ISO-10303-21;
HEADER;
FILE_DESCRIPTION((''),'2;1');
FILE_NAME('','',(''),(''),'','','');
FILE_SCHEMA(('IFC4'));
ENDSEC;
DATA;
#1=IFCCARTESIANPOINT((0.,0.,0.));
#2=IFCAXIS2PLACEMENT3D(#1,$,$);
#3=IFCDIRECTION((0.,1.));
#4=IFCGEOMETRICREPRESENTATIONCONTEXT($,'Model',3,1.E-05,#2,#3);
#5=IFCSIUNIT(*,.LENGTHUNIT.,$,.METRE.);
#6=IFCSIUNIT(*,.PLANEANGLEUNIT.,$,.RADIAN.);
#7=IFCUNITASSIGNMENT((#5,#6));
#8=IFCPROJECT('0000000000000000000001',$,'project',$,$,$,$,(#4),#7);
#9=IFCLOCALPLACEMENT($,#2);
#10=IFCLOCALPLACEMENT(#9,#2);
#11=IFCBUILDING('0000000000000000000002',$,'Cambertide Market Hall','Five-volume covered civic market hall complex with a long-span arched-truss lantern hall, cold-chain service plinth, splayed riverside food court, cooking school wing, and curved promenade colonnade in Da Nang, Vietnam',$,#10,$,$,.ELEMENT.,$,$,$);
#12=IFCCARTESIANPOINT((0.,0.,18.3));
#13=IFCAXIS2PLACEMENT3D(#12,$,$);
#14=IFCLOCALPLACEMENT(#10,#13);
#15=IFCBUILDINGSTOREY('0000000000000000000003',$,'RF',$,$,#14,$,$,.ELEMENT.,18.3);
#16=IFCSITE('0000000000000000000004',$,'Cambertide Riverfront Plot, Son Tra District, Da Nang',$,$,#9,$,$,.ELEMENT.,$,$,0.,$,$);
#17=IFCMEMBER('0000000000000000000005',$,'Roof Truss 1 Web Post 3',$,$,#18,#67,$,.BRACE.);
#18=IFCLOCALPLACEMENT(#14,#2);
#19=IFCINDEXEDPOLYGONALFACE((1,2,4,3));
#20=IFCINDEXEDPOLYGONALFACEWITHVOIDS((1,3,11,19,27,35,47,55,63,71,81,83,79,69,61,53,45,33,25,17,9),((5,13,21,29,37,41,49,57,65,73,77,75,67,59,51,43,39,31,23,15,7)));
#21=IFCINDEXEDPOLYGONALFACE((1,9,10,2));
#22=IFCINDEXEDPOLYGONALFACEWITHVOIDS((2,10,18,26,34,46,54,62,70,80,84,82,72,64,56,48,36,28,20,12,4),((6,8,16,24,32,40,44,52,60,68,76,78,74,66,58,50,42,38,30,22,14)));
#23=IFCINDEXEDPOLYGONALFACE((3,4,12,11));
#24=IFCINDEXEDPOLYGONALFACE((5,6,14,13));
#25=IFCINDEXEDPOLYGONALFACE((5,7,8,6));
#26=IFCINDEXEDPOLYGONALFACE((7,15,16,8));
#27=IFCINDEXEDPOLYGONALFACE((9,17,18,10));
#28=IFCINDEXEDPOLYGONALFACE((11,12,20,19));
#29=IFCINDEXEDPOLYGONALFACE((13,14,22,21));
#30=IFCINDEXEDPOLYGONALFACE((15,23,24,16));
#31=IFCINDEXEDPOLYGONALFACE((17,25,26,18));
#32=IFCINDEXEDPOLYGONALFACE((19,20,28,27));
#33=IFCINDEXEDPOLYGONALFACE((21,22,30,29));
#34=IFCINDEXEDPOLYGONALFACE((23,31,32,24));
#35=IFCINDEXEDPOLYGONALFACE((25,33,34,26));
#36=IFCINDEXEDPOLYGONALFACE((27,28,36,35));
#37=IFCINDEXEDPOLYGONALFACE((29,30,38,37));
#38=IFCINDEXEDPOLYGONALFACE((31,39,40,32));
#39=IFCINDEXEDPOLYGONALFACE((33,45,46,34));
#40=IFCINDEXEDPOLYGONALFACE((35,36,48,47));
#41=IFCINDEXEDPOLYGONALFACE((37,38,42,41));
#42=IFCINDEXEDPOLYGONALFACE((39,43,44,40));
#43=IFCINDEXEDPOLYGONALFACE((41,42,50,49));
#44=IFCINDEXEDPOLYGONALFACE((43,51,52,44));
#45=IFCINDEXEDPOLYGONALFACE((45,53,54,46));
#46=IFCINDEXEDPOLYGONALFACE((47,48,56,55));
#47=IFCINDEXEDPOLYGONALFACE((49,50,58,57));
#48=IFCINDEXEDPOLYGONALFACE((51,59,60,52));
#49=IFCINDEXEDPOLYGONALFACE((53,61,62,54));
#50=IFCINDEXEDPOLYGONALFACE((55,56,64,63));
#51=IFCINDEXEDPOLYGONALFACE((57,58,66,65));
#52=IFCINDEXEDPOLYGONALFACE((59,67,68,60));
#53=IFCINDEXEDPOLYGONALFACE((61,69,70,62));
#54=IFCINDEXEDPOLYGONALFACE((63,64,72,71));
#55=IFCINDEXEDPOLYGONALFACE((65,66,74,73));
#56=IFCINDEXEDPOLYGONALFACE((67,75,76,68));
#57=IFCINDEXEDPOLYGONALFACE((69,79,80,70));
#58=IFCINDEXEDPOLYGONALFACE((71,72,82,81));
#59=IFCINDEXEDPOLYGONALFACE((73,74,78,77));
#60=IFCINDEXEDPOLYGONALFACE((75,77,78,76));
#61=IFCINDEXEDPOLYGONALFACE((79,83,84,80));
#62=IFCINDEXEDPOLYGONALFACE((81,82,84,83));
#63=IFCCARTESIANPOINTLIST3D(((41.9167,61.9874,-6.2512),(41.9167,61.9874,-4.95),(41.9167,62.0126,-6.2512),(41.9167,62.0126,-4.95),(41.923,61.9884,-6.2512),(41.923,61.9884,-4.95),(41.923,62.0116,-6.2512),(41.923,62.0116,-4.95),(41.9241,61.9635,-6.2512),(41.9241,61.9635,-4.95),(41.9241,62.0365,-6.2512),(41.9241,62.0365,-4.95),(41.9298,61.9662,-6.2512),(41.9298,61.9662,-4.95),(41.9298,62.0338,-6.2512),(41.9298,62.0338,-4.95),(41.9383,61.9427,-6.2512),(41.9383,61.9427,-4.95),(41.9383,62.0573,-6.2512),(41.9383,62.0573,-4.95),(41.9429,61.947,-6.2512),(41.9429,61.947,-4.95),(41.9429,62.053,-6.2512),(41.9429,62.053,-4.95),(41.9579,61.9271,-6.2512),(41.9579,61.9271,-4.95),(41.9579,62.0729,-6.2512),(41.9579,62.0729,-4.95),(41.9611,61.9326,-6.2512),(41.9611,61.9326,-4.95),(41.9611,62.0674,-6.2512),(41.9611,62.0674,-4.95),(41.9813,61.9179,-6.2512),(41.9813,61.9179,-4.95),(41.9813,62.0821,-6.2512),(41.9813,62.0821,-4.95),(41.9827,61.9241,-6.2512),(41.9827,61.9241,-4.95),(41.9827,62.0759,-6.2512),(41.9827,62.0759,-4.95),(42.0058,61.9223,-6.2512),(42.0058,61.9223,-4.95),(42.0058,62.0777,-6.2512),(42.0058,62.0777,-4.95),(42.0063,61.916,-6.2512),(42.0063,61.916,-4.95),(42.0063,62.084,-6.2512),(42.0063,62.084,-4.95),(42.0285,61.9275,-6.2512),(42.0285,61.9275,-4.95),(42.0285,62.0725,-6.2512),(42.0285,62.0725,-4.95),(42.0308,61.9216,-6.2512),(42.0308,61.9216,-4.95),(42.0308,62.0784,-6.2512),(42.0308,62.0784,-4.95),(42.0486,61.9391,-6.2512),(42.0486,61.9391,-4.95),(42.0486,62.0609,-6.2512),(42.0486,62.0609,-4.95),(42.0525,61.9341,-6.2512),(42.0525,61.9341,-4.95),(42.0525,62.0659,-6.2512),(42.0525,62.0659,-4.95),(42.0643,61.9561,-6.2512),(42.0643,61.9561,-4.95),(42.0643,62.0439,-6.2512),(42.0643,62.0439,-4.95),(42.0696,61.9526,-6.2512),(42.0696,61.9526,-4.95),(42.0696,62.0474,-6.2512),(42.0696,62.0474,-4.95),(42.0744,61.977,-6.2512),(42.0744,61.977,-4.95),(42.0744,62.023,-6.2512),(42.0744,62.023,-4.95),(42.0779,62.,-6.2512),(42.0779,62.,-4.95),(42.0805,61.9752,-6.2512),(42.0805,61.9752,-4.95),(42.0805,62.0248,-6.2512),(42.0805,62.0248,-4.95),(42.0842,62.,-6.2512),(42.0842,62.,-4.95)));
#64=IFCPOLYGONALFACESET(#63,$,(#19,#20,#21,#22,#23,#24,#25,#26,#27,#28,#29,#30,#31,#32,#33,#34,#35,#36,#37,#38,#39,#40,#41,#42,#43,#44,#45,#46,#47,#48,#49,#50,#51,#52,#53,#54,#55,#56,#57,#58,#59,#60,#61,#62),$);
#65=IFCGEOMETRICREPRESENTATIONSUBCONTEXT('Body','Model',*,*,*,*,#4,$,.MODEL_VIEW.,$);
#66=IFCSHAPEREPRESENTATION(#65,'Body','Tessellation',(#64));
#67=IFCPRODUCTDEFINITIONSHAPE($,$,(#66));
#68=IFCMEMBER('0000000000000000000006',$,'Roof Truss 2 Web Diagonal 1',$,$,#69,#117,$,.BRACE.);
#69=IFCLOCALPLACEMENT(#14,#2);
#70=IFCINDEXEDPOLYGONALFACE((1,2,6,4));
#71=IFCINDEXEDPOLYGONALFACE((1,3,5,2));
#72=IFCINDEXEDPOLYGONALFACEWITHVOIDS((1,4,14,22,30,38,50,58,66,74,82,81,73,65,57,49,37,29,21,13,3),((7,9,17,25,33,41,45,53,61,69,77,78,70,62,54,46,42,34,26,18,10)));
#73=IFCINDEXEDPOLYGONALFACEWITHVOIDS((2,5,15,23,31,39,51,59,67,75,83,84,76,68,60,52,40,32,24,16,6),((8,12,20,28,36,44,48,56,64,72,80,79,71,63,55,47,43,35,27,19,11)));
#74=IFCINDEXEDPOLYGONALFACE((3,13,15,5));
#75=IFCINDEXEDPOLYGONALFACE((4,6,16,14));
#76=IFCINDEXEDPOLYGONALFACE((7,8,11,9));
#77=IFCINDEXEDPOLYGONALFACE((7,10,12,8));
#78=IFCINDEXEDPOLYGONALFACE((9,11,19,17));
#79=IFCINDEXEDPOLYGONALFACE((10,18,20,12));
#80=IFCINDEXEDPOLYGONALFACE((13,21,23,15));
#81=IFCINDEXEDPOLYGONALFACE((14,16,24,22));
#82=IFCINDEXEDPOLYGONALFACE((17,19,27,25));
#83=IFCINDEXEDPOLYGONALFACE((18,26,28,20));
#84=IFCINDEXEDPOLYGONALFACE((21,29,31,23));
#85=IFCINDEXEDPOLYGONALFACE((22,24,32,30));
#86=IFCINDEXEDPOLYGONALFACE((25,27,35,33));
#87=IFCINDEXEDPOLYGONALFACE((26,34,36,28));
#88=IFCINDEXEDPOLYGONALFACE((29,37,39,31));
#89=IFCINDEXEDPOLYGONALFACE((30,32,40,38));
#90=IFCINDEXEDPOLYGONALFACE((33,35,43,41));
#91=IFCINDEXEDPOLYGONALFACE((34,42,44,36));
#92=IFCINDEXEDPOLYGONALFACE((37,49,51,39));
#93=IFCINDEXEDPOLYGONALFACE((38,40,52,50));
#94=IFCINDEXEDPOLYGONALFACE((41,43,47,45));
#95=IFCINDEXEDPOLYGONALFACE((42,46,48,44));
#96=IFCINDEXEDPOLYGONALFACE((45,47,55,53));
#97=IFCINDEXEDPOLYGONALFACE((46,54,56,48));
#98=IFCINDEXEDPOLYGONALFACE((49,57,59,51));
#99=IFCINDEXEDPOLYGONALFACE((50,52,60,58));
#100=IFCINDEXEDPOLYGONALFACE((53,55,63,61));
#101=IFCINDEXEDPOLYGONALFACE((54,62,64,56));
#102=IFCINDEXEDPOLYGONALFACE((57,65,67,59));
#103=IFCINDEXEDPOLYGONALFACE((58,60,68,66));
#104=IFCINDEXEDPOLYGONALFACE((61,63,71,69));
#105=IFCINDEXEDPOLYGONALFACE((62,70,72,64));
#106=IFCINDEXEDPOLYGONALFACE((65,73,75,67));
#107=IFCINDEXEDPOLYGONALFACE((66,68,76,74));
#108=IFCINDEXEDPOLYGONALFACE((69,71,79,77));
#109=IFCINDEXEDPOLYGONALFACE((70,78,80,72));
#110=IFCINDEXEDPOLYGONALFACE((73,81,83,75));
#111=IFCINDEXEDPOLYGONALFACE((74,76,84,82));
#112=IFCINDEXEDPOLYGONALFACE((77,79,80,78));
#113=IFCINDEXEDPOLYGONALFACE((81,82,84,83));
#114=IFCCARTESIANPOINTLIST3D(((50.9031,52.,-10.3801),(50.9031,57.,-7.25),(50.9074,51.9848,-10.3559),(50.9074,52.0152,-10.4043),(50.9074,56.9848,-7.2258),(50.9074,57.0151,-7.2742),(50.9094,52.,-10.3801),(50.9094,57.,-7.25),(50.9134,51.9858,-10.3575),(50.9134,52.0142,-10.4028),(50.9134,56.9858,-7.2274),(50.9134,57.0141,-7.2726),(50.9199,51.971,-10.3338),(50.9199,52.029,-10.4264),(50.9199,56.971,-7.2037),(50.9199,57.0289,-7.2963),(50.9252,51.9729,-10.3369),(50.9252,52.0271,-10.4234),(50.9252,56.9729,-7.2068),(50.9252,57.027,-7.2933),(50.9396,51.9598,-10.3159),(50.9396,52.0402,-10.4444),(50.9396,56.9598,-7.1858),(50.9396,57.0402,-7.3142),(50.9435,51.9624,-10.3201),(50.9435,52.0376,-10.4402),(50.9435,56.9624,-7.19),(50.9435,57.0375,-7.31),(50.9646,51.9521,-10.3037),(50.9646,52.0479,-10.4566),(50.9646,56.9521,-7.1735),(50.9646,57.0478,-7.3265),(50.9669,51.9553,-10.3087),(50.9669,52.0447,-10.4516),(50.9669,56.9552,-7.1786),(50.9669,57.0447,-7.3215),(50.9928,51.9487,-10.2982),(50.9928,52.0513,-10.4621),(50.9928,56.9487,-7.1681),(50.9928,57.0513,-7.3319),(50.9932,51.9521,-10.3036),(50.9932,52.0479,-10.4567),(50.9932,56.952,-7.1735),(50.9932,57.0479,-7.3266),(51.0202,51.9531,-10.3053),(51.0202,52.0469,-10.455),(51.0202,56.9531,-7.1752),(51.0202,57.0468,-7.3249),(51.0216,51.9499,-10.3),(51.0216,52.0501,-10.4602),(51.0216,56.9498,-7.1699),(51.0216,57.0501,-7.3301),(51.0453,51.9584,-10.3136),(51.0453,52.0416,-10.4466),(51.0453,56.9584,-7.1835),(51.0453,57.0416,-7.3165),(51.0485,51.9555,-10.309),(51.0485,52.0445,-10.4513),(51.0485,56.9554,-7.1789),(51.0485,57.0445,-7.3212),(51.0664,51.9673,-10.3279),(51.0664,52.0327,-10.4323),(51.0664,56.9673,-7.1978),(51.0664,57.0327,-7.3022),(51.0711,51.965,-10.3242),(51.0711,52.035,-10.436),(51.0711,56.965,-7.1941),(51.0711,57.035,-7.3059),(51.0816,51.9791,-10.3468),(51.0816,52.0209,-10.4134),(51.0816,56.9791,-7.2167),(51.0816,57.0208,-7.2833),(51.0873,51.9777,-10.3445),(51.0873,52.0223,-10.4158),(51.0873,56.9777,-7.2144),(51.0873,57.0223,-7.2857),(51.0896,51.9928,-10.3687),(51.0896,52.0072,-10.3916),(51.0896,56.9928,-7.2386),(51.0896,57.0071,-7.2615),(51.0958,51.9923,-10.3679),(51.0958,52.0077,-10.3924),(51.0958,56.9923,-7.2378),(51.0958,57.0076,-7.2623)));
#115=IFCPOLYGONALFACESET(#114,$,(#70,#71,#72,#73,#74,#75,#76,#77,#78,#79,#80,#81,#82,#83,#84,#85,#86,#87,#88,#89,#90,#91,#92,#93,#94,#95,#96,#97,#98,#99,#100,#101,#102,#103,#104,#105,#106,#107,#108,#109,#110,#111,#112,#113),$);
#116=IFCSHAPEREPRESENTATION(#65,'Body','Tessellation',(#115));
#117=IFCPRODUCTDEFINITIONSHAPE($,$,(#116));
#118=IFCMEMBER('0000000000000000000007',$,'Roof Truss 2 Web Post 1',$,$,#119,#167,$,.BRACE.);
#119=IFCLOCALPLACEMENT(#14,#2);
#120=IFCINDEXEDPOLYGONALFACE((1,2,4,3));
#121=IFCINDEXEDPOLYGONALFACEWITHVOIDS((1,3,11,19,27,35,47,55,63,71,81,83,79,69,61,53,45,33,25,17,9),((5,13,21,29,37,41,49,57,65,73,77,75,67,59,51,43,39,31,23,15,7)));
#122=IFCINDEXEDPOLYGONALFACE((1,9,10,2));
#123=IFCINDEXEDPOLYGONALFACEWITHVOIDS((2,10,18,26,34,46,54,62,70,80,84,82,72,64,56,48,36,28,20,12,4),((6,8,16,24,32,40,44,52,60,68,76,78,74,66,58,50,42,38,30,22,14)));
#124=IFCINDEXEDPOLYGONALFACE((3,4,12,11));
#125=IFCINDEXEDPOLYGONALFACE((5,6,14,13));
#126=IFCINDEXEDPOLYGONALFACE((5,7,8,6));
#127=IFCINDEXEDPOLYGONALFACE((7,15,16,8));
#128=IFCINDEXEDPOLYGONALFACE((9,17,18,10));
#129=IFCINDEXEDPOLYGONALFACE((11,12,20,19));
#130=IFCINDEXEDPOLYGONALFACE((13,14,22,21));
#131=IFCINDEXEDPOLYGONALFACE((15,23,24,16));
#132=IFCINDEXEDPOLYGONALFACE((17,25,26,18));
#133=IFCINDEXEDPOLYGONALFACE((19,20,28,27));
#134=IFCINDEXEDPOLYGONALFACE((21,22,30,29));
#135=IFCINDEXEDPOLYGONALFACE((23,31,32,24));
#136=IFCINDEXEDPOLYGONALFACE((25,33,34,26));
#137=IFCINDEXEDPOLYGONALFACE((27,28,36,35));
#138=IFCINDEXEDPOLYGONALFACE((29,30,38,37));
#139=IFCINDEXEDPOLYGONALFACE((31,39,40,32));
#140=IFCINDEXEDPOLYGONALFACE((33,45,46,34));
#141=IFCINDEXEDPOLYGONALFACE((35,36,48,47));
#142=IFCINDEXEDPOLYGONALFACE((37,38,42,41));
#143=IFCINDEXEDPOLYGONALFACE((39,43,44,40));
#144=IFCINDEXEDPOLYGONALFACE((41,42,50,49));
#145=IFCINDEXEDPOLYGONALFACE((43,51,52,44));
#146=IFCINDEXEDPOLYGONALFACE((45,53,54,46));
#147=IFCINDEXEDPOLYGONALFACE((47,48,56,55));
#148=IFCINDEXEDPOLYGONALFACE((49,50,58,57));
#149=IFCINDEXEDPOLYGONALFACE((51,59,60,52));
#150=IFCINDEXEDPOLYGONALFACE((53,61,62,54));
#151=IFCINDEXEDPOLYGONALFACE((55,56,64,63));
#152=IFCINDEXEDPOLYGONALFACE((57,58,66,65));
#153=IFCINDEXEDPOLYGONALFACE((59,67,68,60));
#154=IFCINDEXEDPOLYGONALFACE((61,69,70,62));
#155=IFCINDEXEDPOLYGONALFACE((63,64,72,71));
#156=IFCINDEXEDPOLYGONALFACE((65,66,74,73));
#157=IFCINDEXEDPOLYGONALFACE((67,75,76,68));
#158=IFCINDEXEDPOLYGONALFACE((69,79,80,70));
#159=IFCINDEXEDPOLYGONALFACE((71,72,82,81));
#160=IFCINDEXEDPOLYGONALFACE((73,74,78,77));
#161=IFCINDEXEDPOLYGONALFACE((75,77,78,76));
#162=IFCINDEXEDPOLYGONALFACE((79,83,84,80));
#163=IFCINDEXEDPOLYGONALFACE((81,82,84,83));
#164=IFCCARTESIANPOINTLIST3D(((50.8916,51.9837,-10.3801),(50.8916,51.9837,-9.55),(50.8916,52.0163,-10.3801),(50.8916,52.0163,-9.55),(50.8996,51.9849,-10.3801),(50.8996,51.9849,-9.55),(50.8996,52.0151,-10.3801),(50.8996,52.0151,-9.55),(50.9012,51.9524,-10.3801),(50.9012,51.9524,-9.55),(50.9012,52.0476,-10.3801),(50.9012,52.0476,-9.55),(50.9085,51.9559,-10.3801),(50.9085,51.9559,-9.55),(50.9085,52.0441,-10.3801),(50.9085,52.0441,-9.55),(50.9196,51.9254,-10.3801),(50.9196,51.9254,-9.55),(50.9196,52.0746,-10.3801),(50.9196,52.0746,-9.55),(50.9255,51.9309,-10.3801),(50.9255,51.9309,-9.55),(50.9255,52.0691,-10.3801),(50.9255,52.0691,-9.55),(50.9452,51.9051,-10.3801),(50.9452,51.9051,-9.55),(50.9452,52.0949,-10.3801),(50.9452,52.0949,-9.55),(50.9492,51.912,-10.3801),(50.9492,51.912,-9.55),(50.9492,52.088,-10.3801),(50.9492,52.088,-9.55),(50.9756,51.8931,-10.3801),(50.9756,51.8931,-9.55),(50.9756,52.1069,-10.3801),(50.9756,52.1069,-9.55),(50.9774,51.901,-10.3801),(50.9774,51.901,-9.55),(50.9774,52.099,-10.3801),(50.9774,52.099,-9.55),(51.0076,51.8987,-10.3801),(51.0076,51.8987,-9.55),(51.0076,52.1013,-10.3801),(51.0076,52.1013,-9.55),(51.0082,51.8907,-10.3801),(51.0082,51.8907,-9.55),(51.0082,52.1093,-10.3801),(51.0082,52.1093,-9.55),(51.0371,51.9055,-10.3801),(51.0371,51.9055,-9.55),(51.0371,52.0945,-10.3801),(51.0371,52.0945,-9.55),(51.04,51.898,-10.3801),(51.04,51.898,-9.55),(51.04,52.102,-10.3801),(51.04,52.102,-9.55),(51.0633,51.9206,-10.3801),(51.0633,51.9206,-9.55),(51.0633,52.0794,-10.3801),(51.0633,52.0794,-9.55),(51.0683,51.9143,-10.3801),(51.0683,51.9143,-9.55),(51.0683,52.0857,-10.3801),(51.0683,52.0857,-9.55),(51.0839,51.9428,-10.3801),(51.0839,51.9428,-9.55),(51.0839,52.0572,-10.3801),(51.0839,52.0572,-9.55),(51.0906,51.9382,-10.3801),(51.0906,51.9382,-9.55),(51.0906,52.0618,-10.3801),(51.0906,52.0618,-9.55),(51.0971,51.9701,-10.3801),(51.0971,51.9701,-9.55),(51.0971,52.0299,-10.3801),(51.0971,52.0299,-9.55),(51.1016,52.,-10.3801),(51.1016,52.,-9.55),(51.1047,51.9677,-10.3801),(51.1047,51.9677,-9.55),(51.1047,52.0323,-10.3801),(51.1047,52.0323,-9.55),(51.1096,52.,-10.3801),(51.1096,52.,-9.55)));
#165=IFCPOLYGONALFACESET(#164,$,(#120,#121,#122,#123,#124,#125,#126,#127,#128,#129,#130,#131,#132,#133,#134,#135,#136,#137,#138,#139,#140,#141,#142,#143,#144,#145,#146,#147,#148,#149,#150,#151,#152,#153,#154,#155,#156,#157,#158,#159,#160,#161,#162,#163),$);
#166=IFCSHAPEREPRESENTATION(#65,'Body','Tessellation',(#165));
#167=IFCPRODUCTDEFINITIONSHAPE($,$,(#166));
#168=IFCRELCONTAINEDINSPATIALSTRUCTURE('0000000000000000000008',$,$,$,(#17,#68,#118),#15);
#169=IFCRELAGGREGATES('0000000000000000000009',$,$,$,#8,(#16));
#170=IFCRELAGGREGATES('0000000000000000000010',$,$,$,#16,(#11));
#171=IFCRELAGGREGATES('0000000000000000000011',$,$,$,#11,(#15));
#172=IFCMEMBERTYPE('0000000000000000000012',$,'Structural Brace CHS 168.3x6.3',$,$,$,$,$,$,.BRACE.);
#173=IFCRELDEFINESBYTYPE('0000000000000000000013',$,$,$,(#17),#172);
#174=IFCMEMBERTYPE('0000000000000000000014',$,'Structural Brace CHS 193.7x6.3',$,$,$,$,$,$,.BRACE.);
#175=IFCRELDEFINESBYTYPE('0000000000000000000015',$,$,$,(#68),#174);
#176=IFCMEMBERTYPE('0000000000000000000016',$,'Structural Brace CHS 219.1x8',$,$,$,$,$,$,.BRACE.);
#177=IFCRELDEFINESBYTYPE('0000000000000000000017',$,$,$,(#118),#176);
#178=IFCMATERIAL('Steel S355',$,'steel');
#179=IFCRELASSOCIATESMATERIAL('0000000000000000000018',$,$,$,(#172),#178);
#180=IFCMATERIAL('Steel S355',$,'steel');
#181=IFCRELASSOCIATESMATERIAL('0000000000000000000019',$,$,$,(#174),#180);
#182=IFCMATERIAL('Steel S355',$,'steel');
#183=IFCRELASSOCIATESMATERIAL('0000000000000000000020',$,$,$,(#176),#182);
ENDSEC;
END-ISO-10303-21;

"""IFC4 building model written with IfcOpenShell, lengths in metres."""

from ifc_helpers import new_model, si_unit, direction, frame, origin, origin_2d, place, context, subcontext, project, spatial, hollow_circle, extrude, material, material_profile, profile_set, type_object, element, save


model = new_model("IFC4")

# Units and contexts
model_context = context("Model", 3, precision=1e-05, world=origin(), true_north=direction((0.0, 1.0)))
body_context = subcontext(model_context, "Body", "Model", "MODEL_VIEW")
ifc_project = project(units=[si_unit("LENGTHUNIT", "METRE"), si_unit("PLANEANGLEUNIT", "RADIAN")], contexts=[model_context])

# Site, building, storey
site_placement = place(None, origin())
site = spatial("IfcSite", under=ifc_project, at=site_placement, Name="Cambertide Riverfront Plot, Son Tra District, Da Nang", CompositionType="ELEMENT", RefElevation=0.0)
building_placement = place(site_placement, origin())
building = spatial("IfcBuilding", under=site, at=building_placement, Name="Cambertide Market Hall", Description="Five-volume covered civic market hall complex with a long-span arched-truss lantern hall, cold-chain service plinth, splayed riverside food court, cooking school wing, and curved promenade colonnade in Da Nang, Vietnam", CompositionType="ELEMENT")
storey_placement = place(building_placement, frame((0.0, 0.0, 18.3)))
storey = spatial("IfcBuildingStorey", under=building, at=storey_placement, Name="RF", CompositionType="ELEMENT", Elevation=18.3)

# Members
ifc_material_1 = material(Name="Steel S355", Category="steel")
ifc_material_profile_1 = material_profile(ifc_material_1, hollow_circle(Radius=0.0842, WallThickness=0.0063, at=origin_2d()), Name="CHS 168.3x6.3")
ifc_profile_set_1 = profile_set([ifc_material_profile_1], Name="Steel S355")
member_type_1 = type_object("IfcMemberType", Name="Structural Brace CHS 168.3x6.3", PredefinedType="BRACE", material=ifc_profile_set_1)
member_1_placement = place(storey_placement, frame((42.0, 62.0, -6.2512), z_axis=(0.0, 0.0, 1.0), x_axis=(1.0, 0.0, 0.0)))
element("IfcMember", 1, at=member_1_placement, inside=storey, type_object=member_type_1, Name="Roof Truss 1 Web Post 3", PredefinedType="BRACE", context=body_context, shape_type="SweptSolid", body=[
    extrude(hollow_circle(Radius=0.0842, WallThickness=0.0063, at=origin_2d()), origin(), (0.0, 0.0, 1.0), 1.3013),
])
ifc_material_2 = material(Name="Steel S355", Category="steel")
ifc_material_profile_2 = material_profile(ifc_material_2, hollow_circle(Radius=0.0969, WallThickness=0.0063, at=origin_2d()), Name="CHS 193.7x6.3")
ifc_profile_set_2 = profile_set([ifc_material_profile_2], Name="Steel S355")
member_type_2 = type_object("IfcMemberType", Name="Structural Brace CHS 193.7x6.3", PredefinedType="BRACE", material=ifc_profile_set_2)
member_2_placement = place(storey_placement, frame((51.0, 52.0, -10.3801), z_axis=(0.0, 0.847607, 0.530624), x_axis=(-1.0, 0.0, 0.0)))
element("IfcMember", 2, at=member_2_placement, inside=storey, type_object=member_type_2, Name="Roof Truss 2 Web Diagonal 1", PredefinedType="BRACE", context=body_context, shape_type="SweptSolid", body=[
    extrude(hollow_circle(Radius=0.0969, WallThickness=0.0063, at=origin_2d()), origin(), (0.0, 0.0, 1.0), 5.8989),
])
ifc_material_3 = material(Name="Steel S355", Category="steel")
ifc_material_profile_3 = material_profile(ifc_material_3, hollow_circle(Radius=0.1096, WallThickness=0.0081, at=origin_2d()), Name="CHS 219.1x8")
ifc_profile_set_3 = profile_set([ifc_material_profile_3], Name="Steel S355")
member_type_3 = type_object("IfcMemberType", Name="Structural Brace CHS 219.1x8", PredefinedType="BRACE", material=ifc_profile_set_3)
member_3_placement = place(storey_placement, frame((51.0, 52.0, -10.3801), z_axis=(0.0, 0.0, 1.0), x_axis=(1.0, 0.0, 0.0)))
element("IfcMember", 3, at=member_3_placement, inside=storey, type_object=member_type_3, Name="Roof Truss 2 Web Post 1", PredefinedType="BRACE", context=body_context, shape_type="SweptSolid", body=[
    extrude(hollow_circle(Radius=0.1096, WallThickness=0.0081, at=origin_2d()), origin(), (0.0, 0.0, 1.0), 0.8301),
])

save(model, "model.ifc")
